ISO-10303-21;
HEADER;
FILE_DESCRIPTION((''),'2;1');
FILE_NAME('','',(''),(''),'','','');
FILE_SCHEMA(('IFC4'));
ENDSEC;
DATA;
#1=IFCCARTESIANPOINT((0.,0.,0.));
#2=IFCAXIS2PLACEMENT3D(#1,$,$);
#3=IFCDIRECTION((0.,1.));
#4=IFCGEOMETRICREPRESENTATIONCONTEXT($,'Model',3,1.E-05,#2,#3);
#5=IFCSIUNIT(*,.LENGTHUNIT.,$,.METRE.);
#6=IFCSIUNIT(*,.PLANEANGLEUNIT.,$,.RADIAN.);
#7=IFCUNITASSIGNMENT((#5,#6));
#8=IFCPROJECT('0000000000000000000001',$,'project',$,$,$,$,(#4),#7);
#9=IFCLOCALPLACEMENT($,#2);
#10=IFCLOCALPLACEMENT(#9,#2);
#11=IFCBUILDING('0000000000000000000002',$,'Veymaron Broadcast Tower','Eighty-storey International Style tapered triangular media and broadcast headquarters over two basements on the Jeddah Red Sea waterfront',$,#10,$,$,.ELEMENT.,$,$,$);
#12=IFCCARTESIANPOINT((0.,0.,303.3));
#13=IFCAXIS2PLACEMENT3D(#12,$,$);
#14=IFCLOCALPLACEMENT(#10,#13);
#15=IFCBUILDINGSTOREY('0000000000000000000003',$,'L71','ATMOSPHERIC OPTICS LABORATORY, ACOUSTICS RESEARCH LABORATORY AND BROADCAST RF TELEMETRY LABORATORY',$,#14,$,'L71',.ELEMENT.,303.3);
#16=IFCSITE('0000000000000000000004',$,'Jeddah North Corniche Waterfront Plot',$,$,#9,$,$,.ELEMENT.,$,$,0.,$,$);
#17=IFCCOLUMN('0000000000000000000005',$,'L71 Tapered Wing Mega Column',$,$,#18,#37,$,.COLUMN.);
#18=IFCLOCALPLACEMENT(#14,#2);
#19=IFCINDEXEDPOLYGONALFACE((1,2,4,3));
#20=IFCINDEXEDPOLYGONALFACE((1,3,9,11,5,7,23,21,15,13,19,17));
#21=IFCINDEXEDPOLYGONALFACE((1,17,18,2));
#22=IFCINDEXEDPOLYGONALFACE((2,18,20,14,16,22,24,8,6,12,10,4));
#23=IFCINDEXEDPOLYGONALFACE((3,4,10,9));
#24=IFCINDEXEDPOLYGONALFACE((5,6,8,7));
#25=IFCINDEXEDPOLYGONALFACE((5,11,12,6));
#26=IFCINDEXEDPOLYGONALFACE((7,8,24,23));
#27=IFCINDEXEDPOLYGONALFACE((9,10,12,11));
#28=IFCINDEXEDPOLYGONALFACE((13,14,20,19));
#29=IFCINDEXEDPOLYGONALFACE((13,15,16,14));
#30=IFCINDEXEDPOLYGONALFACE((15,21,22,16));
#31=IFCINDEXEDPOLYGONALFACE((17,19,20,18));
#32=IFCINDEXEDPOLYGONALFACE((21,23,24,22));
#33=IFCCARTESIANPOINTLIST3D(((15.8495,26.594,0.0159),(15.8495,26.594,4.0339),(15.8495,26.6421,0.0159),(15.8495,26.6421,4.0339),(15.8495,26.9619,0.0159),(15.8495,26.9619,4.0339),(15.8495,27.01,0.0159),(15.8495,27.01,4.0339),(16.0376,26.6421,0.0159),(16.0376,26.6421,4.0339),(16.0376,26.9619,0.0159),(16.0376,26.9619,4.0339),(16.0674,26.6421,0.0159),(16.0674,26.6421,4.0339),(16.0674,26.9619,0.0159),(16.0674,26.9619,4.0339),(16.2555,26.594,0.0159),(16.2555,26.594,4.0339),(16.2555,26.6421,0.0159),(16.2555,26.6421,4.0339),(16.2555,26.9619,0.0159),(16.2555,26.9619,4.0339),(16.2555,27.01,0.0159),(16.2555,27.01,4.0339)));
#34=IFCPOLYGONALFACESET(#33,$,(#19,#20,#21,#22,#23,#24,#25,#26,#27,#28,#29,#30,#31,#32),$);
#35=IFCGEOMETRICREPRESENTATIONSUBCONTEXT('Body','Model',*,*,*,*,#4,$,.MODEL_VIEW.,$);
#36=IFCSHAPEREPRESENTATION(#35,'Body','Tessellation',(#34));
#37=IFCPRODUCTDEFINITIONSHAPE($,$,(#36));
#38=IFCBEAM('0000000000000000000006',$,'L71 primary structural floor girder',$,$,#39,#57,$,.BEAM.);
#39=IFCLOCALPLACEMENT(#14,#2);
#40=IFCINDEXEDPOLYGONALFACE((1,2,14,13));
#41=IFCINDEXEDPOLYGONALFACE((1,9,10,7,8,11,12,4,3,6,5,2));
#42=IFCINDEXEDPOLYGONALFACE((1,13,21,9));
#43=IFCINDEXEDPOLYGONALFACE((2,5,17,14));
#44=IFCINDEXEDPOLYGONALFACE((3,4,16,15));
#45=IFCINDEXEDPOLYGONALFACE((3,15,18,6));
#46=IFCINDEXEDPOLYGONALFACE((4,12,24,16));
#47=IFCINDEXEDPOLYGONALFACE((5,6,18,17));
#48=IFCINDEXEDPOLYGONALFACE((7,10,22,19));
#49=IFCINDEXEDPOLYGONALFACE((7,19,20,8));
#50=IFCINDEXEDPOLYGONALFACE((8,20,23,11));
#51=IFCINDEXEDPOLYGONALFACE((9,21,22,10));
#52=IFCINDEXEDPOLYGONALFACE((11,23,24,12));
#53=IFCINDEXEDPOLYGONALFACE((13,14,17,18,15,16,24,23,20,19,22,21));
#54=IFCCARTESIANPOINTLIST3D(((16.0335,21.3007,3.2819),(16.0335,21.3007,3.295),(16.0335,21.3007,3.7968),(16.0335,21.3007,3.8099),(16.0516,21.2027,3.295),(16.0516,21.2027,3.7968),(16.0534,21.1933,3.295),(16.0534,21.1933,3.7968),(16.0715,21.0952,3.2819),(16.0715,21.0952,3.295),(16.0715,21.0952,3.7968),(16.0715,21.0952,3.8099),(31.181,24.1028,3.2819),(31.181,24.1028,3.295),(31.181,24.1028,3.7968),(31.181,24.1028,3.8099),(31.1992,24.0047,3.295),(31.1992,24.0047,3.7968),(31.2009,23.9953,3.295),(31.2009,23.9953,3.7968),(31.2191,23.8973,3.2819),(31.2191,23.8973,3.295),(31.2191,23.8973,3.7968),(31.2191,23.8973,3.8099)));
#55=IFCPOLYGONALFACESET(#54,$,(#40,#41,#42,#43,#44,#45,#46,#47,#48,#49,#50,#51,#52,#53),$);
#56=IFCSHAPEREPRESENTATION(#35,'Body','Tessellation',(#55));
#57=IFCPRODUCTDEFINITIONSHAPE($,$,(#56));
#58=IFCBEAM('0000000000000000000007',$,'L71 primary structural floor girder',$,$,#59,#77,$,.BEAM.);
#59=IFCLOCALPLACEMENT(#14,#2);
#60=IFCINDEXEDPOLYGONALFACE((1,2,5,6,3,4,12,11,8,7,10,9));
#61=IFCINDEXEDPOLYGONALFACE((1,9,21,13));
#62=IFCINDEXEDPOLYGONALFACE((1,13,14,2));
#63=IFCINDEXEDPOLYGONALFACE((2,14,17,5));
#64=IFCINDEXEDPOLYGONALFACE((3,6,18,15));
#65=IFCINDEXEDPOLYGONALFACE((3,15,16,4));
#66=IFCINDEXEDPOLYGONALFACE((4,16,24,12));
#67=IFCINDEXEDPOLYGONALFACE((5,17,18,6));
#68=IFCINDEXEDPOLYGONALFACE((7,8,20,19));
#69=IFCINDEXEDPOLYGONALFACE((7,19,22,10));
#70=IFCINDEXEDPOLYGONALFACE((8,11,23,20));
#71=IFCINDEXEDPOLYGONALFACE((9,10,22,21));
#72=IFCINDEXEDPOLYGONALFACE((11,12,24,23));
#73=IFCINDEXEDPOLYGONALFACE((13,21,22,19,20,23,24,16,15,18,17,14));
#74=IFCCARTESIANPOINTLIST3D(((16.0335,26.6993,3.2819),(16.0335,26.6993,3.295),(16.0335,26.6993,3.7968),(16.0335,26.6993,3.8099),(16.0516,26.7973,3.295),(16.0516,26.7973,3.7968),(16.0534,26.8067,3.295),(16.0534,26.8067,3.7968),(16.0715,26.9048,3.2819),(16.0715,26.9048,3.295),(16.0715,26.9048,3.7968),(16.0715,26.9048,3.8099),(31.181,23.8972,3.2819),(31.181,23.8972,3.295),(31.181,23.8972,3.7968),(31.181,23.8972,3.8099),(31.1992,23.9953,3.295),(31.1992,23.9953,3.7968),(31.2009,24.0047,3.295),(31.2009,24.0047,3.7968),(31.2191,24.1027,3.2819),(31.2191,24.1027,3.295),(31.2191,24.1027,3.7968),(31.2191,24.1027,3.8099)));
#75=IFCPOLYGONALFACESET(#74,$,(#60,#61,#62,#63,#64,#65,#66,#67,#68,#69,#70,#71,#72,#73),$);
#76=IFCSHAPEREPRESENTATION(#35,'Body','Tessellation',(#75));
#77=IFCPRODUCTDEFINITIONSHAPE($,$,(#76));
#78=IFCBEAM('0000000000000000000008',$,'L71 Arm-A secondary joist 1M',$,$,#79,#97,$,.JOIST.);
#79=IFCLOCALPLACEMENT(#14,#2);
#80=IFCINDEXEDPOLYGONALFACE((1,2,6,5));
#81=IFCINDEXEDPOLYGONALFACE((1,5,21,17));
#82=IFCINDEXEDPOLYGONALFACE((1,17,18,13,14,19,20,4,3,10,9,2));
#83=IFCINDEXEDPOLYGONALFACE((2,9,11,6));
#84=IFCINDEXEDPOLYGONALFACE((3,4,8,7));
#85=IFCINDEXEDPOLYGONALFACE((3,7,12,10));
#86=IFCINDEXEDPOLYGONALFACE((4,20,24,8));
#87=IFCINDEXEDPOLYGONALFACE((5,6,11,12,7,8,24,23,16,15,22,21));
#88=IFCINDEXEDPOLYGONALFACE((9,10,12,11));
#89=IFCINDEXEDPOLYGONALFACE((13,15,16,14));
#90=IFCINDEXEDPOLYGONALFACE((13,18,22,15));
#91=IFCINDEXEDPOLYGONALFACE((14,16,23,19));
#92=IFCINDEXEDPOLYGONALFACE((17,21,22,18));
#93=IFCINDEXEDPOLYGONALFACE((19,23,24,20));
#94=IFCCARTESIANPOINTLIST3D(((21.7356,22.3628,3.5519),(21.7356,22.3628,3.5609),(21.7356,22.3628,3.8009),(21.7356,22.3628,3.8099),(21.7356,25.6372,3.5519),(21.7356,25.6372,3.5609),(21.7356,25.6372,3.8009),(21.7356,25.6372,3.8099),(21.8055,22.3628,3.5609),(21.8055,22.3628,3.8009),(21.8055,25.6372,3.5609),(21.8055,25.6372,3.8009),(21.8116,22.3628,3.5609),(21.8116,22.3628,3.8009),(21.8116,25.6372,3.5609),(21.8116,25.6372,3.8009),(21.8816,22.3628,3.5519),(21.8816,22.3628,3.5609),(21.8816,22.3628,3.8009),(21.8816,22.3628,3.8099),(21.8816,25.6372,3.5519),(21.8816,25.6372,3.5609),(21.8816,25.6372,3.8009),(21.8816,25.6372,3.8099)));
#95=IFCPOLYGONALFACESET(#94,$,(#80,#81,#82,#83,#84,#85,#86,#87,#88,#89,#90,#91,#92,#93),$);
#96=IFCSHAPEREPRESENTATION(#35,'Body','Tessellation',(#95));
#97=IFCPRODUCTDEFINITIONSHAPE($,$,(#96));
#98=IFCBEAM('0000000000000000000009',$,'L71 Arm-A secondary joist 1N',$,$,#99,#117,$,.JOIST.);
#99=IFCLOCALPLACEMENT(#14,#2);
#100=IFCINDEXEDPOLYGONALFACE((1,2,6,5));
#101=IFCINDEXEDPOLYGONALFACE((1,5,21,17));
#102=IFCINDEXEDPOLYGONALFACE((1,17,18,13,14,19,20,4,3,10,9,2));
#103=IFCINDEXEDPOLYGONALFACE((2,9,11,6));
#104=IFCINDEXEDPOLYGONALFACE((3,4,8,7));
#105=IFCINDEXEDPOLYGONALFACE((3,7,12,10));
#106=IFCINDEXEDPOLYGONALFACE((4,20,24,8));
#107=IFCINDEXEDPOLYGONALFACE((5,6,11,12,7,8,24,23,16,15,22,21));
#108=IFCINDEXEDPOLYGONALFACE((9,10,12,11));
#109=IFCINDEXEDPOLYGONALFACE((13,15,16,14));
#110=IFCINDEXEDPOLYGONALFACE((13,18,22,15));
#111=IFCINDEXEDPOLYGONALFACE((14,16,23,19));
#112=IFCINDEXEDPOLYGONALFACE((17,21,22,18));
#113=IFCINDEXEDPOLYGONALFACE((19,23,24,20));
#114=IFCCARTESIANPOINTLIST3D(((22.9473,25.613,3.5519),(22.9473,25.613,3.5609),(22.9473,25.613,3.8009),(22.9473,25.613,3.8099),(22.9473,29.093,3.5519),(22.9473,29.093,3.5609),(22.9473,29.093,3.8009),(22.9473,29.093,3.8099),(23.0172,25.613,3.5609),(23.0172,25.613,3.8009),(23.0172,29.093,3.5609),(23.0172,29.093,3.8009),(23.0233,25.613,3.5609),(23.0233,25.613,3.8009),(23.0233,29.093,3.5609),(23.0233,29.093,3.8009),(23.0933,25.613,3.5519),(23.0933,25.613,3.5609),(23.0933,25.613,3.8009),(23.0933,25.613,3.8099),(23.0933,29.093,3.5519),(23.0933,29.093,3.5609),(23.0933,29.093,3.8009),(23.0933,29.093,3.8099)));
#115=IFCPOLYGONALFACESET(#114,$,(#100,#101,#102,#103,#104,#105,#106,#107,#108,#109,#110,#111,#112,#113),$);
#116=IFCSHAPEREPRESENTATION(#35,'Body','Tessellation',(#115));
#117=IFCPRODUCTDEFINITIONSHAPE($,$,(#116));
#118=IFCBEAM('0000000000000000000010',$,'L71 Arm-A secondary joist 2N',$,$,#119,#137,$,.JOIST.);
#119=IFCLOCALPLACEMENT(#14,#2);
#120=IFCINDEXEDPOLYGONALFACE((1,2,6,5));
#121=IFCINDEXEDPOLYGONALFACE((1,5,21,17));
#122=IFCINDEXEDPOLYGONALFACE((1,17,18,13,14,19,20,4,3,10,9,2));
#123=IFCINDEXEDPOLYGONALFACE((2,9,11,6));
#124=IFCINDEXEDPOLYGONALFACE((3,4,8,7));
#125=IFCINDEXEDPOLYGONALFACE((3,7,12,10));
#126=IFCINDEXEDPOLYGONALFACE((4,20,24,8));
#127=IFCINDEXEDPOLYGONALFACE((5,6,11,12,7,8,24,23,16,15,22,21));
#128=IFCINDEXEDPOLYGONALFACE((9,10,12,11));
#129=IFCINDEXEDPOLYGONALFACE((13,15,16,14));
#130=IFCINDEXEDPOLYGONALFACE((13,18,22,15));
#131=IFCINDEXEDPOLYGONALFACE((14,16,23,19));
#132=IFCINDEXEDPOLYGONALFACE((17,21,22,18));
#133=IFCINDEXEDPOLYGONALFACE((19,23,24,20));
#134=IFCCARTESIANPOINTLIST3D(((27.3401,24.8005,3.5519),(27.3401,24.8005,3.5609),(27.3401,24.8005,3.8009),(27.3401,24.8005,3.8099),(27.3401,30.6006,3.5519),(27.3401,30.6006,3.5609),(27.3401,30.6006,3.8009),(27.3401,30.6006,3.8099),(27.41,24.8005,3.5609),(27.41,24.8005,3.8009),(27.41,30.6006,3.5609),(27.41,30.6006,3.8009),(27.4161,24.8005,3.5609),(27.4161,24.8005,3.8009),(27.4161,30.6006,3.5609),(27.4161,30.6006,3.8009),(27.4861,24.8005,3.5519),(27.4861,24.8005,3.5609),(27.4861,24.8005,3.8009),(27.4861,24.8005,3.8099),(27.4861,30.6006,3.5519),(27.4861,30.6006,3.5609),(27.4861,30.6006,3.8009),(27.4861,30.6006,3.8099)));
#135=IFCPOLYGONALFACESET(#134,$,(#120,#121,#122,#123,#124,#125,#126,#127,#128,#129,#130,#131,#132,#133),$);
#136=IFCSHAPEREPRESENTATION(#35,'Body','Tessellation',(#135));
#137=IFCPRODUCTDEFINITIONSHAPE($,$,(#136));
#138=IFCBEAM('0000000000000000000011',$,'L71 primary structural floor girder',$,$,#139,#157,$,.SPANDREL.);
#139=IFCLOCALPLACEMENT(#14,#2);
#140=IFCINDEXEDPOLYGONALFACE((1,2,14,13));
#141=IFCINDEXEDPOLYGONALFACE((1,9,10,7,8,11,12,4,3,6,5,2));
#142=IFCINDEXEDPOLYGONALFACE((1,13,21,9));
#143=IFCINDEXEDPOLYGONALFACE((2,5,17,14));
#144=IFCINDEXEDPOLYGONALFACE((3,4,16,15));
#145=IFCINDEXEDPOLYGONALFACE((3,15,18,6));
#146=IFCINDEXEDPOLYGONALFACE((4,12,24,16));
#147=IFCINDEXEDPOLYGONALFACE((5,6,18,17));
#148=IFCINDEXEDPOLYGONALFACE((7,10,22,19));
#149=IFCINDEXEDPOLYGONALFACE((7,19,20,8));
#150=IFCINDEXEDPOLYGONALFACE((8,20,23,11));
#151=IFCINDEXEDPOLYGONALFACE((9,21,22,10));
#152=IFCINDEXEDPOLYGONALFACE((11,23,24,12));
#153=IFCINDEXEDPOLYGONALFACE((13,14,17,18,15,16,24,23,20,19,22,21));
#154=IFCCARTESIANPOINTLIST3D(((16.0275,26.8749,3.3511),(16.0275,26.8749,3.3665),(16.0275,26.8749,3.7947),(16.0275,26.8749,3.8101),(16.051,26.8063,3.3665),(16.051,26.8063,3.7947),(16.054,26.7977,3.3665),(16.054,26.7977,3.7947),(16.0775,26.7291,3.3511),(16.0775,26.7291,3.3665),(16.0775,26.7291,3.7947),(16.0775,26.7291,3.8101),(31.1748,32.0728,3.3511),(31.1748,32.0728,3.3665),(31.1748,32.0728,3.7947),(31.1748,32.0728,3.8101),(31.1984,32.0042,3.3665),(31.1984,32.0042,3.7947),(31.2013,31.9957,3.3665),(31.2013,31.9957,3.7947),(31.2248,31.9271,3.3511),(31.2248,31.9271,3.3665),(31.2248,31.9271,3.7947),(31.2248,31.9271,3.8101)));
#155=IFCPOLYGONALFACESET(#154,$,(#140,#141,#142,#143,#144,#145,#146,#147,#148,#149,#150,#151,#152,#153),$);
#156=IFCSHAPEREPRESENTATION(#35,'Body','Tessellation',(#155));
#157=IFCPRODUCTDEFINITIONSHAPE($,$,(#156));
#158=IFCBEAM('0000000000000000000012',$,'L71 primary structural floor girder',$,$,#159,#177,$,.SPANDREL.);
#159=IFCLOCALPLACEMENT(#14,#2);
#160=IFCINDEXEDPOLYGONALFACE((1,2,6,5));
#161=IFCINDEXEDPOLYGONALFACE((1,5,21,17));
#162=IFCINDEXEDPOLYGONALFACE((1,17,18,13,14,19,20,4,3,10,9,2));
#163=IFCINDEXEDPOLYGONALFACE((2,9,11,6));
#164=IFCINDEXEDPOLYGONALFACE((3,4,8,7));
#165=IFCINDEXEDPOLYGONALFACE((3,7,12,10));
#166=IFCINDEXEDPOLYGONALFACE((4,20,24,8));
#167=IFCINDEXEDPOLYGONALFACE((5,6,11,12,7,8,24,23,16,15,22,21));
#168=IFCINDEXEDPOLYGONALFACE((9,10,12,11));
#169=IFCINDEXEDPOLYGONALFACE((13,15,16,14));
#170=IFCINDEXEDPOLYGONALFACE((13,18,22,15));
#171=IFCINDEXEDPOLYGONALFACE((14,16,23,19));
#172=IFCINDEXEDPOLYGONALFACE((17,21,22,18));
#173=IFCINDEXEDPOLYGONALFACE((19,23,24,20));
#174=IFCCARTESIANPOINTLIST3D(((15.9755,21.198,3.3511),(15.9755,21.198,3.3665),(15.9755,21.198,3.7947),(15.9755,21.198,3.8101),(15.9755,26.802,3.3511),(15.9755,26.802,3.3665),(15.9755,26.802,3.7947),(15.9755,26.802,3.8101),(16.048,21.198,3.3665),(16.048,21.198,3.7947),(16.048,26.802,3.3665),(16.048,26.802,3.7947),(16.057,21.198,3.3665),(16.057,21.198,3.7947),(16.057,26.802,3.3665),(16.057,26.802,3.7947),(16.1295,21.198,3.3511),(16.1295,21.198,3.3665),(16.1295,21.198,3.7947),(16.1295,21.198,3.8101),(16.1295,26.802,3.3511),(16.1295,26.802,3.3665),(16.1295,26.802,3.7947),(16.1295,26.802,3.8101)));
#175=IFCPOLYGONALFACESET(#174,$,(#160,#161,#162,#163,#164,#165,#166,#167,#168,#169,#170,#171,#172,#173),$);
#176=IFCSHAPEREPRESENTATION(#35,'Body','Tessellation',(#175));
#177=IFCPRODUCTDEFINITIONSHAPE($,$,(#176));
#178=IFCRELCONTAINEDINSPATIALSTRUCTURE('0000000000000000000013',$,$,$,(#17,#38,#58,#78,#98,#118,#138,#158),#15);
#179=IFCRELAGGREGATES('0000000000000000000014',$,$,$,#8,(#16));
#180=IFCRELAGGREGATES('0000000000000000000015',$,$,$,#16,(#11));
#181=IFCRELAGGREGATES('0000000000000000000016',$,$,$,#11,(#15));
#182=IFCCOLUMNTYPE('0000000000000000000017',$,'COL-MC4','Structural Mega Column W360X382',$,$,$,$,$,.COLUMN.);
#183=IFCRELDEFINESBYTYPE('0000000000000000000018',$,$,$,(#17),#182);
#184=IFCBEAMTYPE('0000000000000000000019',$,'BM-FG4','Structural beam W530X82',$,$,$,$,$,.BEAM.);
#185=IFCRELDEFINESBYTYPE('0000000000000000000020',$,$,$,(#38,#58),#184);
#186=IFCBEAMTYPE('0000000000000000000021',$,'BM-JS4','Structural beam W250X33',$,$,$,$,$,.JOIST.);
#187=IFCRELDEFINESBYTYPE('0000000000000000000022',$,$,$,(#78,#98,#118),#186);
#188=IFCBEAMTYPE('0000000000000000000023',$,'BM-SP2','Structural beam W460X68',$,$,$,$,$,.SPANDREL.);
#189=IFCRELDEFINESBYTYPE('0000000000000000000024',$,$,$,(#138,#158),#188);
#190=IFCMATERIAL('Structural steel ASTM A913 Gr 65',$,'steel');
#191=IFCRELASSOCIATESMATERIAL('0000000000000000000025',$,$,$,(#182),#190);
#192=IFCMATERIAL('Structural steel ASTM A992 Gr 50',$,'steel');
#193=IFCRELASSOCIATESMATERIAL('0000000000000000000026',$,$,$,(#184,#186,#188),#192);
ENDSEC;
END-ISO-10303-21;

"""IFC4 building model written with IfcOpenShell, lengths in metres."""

from ifc_helpers import new_model, si_unit, direction, frame, origin, origin_2d, place, context, subcontext, project, spatial, i_section, extrude, material, material_profile, profile_set, type_object, element, save


model = new_model("IFC4")

# Units and contexts
model_context = context("Model", 3, precision=1e-05, world=origin(), true_north=direction((0.0, 1.0)))
body_context = subcontext(model_context, "Body", "Model", "MODEL_VIEW")
ifc_project = project(units=[si_unit("LENGTHUNIT", "METRE"), si_unit("PLANEANGLEUNIT", "RADIAN")], contexts=[model_context])

# Site, building, storey
site_placement = place(None, origin())
site = spatial("IfcSite", under=ifc_project, at=site_placement, Name="Jeddah North Corniche Waterfront Plot", CompositionType="ELEMENT", RefElevation=0.0)
building_placement = place(site_placement, origin())
building = spatial("IfcBuilding", under=site, at=building_placement, Name="Veymaron Broadcast Tower", Description="Eighty-storey International Style tapered triangular media and broadcast headquarters over two basements on the Jeddah Red Sea waterfront", CompositionType="ELEMENT")
storey_placement = place(building_placement, frame((0.0, 0.0, 303.3)))
storey = spatial("IfcBuildingStorey", under=building, at=storey_placement, Name="L71", Description="ATMOSPHERIC OPTICS LABORATORY, ACOUSTICS RESEARCH LABORATORY AND BROADCAST RF TELEMETRY LABORATORY", LongName="L71", CompositionType="ELEMENT", Elevation=303.3)

# Column
ifc_material_1 = material(Name="Structural steel ASTM A913 Gr 65", Category="steel")
ifc_material_profile_1 = material_profile(ifc_material_1, i_section(OverallWidth=0.406, OverallDepth=0.416, WebThickness=0.0298, FlangeThickness=0.0481, at=origin_2d()), Name="W360X382")
ifc_profile_set_1 = profile_set([ifc_material_profile_1], Name="Structural steel ASTM A913 Gr 65")
column_type = type_object("IfcColumnType", Name="COL-MC4", Description="Structural Mega Column W360X382", PredefinedType="COLUMN", material=ifc_profile_set_1)
column_placement = place(storey_placement, frame((16.0525, 26.802, 0.0159), z_axis=(0.0, 0.0, 1.0), x_axis=(1.0, 0.0, 0.0)))
element("IfcColumn", 1, at=column_placement, inside=storey, type_object=column_type, Name="L71 Tapered Wing Mega Column", PredefinedType="COLUMN", context=body_context, shape_type="SweptSolid", body=[
    extrude(i_section(OverallWidth=0.406, OverallDepth=0.416, WebThickness=0.0298, FlangeThickness=0.0481, at=origin_2d()), origin(), (0.0, 0.0, 1.0), 4.0181),
])

# Beams
ifc_material_2 = material(Name="Structural steel ASTM A992 Gr 50", Category="steel")
ifc_material_profile_2 = material_profile(ifc_material_2, i_section(OverallWidth=0.209, OverallDepth=0.5281, WebThickness=0.0095, FlangeThickness=0.0132, at=origin_2d()), Name="W530X82")
ifc_profile_set_2 = profile_set([ifc_material_profile_2], Name="Structural steel ASTM A992 Gr 50")
beam_type_1 = type_object("IfcBeamType", Name="BM-FG4", Description="Structural beam W530X82", PredefinedType="BEAM", material=ifc_profile_set_2)
for number, where, z_axis, x_axis, name in (
    (2, (16.0525, 21.198, 3.5459), (0.983318, 0.181896, 0.0), (-0.181896, 0.983318, 0.0), "L71 primary structural floor girder"),
    (3, (16.0525, 26.802, 3.5459), (0.983318, -0.181896, 0.0), (0.181896, 0.983318, 0.0), "L71 primary structural floor girder"),
):
    element("IfcBeam", number, at=place(storey_placement, frame(where, z_axis=z_axis, x_axis=x_axis)), inside=storey, type_object=beam_type_1, Name=name, PredefinedType="BEAM", context=body_context, shape_type="SweptSolid", body=[
        extrude(i_section(OverallWidth=0.209, OverallDepth=0.5281, WebThickness=0.0095, FlangeThickness=0.0132, at=origin_2d()), origin(), (0.0, 0.0, 1.0), 15.4045),
    ])
ifc_material_profile_3 = material_profile(ifc_material_2, i_section(OverallWidth=0.146, OverallDepth=0.2581, WebThickness=0.0061, FlangeThickness=0.009, at=origin_2d()), Name="W250X33")
ifc_profile_set_3 = profile_set([ifc_material_profile_3], Name="Structural steel ASTM A992 Gr 50")
beam_type_2 = type_object("IfcBeamType", Name="BM-JS4", Description="Structural beam W250X33", PredefinedType="JOIST", material=ifc_profile_set_3)
beam_1_placement = place(storey_placement, frame((21.8086, 22.3628, 3.6809), z_axis=(0.0, 1.0, 0.0), x_axis=(-1.0, 0.0, 0.0)))
element("IfcBeam", 4, at=beam_1_placement, inside=storey, type_object=beam_type_2, Name="L71 Arm-A secondary joist 1M", PredefinedType="JOIST", context=body_context, shape_type="SweptSolid", body=[
    extrude(i_section(OverallWidth=0.146, OverallDepth=0.2581, WebThickness=0.0061, FlangeThickness=0.009, at=origin_2d()), origin(), (0.0, 0.0, 1.0), 3.2744),
])
beam_2_placement = place(storey_placement, frame((23.0203, 25.613, 3.6809), z_axis=(0.0, 1.0, 0.0), x_axis=(-1.0, 0.0, 0.0)))
element("IfcBeam", 5, at=beam_2_placement, inside=storey, type_object=beam_type_2, Name="L71 Arm-A secondary joist 1N", PredefinedType="JOIST", context=body_context, shape_type="SweptSolid", body=[
    extrude(i_section(OverallWidth=0.146, OverallDepth=0.2581, WebThickness=0.0061, FlangeThickness=0.009, at=origin_2d()), origin(), (0.0, 0.0, 1.0), 3.48),
])
beam_3_placement = place(storey_placement, frame((27.4131, 24.8005, 3.6809), z_axis=(0.0, 1.0, 0.0), x_axis=(-1.0, 0.0, 0.0)))
element("IfcBeam", 6, at=beam_3_placement, inside=storey, type_object=beam_type_2, Name="L71 Arm-A secondary joist 2N", PredefinedType="JOIST", context=body_context, shape_type="SweptSolid", body=[
    extrude(i_section(OverallWidth=0.146, OverallDepth=0.2581, WebThickness=0.0061, FlangeThickness=0.009, at=origin_2d()), origin(), (0.0, 0.0, 1.0), 5.8),
])
ifc_material_profile_4 = material_profile(ifc_material_2, i_section(OverallWidth=0.1541, OverallDepth=0.459, WebThickness=0.009, FlangeThickness=0.0154, at=origin_2d()), Name="W460X68")
ifc_profile_set_4 = profile_set([ifc_material_profile_4], Name="Structural steel ASTM A992 Gr 50")
beam_type_3 = type_object("IfcBeamType", Name="BM-SP2", Description="Structural beam W460X68", PredefinedType="SPANDREL", material=ifc_profile_set_4)
beam_4_placement = place(storey_placement, frame((16.0525, 26.802, 3.5806), z_axis=(0.945858, 0.32458, 0.0), x_axis=(-0.32458, 0.945858, 0.0)))
element("IfcBeam", 7, at=beam_4_placement, inside=storey, type_object=beam_type_3, Name="L71 primary structural floor girder", PredefinedType="SPANDREL", context=body_context, shape_type="SweptSolid", body=[
    extrude(i_section(OverallWidth=0.1541, OverallDepth=0.459, WebThickness=0.009, FlangeThickness=0.0154, at=origin_2d()), origin(), (0.0, 0.0, 1.0), 16.0144),
])
beam_5_placement = place(storey_placement, frame((16.0525, 21.198, 3.5806), z_axis=(0.0, 1.0, 0.0), x_axis=(-1.0, 0.0, 0.0)))
element("IfcBeam", 8, at=beam_5_placement, inside=storey, type_object=beam_type_3, Name="L71 primary structural floor girder", PredefinedType="SPANDREL", context=body_context, shape_type="SweptSolid", body=[
    extrude(i_section(OverallWidth=0.1541, OverallDepth=0.459, WebThickness=0.009, FlangeThickness=0.0154, at=origin_2d()), origin(), (0.0, 0.0, 1.0), 5.604),
])

save(model, "model.ifc")
